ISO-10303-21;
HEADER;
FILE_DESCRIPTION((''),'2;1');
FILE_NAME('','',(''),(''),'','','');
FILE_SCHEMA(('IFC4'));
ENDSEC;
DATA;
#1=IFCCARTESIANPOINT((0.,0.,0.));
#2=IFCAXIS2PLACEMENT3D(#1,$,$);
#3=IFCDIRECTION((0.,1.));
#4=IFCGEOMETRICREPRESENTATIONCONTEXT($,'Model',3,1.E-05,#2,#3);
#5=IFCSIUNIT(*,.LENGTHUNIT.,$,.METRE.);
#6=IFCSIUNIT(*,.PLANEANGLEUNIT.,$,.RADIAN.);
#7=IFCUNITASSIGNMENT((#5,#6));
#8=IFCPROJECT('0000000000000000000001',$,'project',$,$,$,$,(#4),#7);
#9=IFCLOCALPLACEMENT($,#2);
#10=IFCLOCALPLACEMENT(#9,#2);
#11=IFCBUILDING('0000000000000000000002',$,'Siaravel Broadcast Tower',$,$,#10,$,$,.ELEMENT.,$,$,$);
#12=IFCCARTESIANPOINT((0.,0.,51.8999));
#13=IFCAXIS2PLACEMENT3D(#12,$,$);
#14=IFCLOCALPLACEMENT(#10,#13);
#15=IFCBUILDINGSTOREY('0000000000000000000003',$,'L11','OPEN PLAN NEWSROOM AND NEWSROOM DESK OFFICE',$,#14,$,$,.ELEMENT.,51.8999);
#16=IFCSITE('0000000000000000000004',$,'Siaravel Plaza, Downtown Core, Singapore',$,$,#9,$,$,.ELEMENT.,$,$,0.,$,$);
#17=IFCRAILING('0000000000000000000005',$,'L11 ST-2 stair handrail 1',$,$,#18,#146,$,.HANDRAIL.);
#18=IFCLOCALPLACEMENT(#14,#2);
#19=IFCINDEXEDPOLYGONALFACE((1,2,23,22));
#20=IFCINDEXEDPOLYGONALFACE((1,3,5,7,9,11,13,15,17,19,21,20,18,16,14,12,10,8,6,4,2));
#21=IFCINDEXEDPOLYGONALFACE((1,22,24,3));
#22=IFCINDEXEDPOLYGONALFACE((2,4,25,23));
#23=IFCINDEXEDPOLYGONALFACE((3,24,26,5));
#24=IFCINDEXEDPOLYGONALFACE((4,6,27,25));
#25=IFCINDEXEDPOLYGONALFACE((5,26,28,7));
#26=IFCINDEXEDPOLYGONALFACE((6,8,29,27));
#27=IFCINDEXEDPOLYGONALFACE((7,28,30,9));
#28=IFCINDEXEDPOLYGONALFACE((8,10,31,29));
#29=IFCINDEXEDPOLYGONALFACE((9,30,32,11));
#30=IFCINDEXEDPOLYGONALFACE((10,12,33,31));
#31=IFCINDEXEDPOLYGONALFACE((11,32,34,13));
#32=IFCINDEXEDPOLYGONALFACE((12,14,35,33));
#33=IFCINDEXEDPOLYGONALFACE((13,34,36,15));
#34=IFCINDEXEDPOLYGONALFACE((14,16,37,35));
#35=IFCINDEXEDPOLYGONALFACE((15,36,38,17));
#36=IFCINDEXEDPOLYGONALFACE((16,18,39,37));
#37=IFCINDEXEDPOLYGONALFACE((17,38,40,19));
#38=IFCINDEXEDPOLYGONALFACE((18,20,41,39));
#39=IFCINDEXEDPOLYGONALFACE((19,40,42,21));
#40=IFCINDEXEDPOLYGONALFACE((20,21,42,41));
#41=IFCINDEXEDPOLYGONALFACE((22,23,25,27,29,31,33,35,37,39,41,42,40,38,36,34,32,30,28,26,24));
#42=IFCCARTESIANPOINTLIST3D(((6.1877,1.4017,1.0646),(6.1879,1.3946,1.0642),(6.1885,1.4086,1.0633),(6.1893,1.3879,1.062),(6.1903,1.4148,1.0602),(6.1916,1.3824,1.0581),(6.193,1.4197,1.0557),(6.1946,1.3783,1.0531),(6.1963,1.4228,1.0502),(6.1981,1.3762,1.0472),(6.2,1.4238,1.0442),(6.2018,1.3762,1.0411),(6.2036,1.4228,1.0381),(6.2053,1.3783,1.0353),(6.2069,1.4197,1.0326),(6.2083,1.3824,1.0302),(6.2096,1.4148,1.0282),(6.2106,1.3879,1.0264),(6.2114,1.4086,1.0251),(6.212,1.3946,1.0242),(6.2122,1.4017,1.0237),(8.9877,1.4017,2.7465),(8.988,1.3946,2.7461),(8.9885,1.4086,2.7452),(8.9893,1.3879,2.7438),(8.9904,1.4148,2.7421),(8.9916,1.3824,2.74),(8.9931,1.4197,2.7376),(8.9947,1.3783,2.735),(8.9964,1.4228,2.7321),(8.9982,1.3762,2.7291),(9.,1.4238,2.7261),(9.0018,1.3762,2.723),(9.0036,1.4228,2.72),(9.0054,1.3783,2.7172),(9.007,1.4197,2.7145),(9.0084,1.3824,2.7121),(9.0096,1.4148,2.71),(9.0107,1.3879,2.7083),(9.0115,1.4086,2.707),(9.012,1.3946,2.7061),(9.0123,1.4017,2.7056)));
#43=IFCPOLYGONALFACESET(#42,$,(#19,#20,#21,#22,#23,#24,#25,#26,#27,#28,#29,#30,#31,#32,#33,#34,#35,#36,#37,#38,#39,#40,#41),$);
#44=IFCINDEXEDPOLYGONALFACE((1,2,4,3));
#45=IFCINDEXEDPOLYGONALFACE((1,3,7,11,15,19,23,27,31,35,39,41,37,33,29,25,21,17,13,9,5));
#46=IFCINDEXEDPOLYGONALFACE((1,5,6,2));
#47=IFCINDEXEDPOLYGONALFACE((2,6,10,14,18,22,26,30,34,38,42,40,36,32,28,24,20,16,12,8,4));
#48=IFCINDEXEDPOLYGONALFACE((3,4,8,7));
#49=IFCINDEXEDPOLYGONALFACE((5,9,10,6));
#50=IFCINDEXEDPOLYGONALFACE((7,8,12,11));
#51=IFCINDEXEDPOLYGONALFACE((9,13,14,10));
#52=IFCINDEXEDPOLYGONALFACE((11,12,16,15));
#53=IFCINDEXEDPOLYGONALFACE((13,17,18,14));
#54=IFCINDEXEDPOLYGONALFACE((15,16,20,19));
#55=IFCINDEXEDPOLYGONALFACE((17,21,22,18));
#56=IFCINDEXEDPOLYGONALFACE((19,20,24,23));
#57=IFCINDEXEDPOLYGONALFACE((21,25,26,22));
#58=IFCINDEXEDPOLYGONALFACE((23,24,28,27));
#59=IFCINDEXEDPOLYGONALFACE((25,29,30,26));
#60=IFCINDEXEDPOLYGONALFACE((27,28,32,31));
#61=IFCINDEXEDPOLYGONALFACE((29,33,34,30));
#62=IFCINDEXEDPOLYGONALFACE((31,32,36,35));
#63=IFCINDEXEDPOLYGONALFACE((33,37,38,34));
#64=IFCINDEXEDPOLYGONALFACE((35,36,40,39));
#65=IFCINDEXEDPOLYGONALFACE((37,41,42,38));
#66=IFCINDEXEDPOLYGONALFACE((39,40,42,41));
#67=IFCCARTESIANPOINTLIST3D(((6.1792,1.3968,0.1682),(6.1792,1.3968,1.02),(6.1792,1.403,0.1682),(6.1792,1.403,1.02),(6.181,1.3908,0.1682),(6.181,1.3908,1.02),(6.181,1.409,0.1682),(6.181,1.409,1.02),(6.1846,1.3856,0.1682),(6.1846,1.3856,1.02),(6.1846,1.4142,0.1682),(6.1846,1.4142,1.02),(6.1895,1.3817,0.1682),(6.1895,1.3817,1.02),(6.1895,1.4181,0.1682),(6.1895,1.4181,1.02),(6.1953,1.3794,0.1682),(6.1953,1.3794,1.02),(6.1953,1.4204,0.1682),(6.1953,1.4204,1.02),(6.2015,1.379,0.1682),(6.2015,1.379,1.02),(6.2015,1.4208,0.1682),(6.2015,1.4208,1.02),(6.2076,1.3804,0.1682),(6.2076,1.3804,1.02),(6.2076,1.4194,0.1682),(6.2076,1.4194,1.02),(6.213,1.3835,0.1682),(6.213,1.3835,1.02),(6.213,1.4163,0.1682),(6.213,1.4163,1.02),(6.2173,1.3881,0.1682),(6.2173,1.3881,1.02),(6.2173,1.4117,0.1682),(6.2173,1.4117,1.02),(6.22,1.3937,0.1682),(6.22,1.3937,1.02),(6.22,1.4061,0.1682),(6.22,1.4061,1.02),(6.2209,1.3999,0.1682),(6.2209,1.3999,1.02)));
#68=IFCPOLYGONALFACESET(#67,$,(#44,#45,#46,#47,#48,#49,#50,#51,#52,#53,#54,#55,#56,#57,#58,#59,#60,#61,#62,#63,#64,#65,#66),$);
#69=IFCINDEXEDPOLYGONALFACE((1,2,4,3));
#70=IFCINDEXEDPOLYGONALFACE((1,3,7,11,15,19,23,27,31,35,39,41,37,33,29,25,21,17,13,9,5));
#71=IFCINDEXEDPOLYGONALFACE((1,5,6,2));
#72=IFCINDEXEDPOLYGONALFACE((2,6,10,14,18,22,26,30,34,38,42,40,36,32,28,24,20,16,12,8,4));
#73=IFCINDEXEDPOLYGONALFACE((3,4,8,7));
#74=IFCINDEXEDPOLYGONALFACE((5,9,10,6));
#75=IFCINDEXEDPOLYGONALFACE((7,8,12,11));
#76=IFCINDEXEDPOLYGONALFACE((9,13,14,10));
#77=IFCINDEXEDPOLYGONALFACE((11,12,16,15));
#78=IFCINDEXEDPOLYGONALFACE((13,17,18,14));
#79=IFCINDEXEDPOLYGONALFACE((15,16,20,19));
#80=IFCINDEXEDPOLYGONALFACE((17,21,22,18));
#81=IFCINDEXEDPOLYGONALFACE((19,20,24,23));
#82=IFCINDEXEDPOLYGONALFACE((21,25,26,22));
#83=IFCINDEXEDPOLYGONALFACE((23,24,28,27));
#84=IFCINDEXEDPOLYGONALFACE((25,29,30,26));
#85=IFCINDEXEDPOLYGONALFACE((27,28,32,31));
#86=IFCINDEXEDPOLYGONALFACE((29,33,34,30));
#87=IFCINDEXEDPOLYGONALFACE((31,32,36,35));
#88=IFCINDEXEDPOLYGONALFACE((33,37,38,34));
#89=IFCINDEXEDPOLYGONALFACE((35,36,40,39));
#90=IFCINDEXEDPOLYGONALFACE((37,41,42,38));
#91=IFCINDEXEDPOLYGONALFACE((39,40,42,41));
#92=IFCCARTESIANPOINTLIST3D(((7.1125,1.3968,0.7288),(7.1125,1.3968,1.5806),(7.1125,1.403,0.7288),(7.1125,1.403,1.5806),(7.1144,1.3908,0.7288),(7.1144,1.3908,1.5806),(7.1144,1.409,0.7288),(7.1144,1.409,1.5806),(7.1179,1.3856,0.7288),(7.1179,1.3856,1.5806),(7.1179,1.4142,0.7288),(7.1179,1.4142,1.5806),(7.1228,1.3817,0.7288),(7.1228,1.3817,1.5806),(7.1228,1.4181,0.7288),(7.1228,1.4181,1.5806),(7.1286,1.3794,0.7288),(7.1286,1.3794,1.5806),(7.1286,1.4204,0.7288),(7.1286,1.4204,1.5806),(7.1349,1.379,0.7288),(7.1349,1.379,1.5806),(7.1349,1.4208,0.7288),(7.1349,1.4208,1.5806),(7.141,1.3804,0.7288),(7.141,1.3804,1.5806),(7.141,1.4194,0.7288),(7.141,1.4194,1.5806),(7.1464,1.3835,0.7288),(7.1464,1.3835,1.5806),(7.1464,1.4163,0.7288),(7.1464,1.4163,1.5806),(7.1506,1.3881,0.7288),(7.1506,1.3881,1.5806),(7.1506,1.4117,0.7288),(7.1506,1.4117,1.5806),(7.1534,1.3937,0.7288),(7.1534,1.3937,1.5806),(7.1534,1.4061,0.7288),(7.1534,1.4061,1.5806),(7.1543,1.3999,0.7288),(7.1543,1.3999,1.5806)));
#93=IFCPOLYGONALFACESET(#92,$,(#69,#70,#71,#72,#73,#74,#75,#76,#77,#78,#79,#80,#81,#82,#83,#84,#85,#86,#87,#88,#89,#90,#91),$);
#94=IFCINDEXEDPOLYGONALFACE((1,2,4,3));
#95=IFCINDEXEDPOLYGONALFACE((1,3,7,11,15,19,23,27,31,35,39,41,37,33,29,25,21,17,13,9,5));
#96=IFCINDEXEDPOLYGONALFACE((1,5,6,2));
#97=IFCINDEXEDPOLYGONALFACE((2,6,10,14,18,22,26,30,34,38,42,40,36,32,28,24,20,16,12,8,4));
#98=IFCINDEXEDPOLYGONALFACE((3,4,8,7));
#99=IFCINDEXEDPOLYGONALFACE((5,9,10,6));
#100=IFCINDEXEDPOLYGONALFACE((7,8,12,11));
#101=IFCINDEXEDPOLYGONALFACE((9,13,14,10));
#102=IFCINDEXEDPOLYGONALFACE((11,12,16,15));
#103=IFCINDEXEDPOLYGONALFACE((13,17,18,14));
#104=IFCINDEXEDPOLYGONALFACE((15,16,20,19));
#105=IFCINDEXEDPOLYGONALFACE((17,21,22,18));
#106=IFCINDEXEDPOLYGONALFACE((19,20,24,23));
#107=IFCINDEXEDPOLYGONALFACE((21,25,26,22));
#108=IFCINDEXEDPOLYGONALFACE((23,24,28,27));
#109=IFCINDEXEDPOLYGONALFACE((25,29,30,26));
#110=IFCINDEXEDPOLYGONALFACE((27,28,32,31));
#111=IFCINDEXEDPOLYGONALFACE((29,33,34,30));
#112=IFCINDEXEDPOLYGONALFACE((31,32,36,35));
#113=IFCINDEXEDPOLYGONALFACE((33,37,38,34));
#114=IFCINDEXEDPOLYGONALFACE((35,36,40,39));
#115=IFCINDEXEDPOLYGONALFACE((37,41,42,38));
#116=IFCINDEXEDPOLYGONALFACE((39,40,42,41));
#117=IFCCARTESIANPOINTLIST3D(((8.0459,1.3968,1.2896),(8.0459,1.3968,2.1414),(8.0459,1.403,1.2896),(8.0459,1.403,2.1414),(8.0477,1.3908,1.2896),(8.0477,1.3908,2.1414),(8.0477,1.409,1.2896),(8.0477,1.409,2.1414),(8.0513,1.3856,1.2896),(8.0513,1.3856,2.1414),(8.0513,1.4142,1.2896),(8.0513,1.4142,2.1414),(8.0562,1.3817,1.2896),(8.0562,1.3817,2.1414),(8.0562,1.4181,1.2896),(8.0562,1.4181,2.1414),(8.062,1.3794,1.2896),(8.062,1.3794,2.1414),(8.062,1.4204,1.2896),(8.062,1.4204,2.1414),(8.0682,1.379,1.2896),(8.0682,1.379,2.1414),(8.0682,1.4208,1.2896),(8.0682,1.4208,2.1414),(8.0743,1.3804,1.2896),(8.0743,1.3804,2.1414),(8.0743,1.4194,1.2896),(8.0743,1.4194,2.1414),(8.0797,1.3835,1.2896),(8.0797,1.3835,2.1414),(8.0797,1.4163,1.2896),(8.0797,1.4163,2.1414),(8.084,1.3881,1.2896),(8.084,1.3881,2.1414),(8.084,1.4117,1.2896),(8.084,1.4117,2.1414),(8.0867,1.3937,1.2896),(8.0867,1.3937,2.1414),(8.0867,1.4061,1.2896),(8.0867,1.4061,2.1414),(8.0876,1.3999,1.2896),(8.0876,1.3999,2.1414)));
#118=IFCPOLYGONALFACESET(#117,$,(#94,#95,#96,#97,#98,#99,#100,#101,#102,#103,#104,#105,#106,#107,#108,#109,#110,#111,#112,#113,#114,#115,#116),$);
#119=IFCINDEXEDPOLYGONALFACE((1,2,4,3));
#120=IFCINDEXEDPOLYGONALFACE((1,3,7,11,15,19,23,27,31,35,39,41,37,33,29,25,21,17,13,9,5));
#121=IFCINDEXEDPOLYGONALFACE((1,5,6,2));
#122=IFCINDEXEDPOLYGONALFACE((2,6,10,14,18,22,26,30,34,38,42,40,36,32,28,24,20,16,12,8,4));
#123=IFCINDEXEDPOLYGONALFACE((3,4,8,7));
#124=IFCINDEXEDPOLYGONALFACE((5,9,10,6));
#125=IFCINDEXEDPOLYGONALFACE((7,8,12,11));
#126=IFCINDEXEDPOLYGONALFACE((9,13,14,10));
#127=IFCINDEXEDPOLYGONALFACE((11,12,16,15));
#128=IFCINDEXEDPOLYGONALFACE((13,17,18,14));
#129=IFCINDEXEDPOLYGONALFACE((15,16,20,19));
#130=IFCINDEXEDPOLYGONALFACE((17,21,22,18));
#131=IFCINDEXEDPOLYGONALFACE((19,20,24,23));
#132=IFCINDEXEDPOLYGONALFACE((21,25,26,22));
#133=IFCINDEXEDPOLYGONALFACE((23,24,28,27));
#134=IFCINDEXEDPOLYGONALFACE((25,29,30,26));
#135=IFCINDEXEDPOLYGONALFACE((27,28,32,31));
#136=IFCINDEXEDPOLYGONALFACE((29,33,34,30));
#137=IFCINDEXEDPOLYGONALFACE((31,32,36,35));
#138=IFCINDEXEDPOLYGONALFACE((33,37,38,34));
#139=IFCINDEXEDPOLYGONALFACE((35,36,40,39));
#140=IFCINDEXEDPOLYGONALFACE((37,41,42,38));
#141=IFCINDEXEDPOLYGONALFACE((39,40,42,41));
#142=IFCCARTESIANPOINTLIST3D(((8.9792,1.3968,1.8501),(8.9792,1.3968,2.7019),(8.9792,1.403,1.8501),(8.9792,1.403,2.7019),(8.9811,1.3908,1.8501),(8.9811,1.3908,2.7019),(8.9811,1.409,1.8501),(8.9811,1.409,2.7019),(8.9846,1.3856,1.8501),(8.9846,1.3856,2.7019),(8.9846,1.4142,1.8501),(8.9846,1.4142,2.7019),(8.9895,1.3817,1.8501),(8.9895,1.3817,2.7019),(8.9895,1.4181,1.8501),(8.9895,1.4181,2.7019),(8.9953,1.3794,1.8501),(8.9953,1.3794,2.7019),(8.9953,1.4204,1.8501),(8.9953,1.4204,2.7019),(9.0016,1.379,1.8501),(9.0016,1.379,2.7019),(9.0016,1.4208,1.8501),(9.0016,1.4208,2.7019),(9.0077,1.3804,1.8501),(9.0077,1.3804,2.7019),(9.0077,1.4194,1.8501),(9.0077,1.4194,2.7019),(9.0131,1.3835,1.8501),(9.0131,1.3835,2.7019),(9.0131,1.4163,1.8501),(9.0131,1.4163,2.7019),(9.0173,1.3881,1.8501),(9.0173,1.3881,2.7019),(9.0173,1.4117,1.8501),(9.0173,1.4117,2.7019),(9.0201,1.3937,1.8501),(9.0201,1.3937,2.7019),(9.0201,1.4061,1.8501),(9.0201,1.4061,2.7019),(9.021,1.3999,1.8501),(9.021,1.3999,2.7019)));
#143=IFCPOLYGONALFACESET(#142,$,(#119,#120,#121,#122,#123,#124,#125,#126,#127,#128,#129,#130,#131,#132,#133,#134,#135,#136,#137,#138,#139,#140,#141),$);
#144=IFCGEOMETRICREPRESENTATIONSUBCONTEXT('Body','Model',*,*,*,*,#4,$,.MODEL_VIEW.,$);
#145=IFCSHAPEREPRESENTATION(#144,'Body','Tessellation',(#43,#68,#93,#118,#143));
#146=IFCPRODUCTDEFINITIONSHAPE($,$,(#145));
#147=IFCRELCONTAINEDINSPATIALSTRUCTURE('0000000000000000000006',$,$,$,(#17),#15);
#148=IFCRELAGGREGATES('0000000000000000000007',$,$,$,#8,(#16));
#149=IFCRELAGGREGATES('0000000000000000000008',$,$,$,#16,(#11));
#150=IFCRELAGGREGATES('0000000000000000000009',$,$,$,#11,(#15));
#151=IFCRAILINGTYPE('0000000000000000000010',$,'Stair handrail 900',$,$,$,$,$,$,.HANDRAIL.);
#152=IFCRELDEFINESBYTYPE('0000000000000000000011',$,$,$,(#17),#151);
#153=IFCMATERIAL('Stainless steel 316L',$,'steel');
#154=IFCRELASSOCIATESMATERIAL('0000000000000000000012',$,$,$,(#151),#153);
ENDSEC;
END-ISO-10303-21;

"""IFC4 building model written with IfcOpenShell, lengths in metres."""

from ifc_helpers import new_model, si_unit, direction, frame, origin, origin_2d, place, context, subcontext, project, spatial, circle, extrude, material, type_object, element, save


model = new_model("IFC4")

# Units and contexts
model_context = context("Model", 3, precision=1e-05, world=origin(), true_north=direction((0.0, 1.0)))
body_context = subcontext(model_context, "Body", "Model", "MODEL_VIEW")
ifc_project = project(units=[si_unit("LENGTHUNIT", "METRE"), si_unit("PLANEANGLEUNIT", "RADIAN")], contexts=[model_context])

# Site, building, storey
site_placement = place(None, origin())
site = spatial("IfcSite", under=ifc_project, at=site_placement, Name="Siaravel Plaza, Downtown Core, Singapore", CompositionType="ELEMENT", RefElevation=0.0)
building_placement = place(site_placement, origin())
building = spatial("IfcBuilding", under=site, at=building_placement, Name="Siaravel Broadcast Tower", CompositionType="ELEMENT")
storey_placement = place(building_placement, frame((0.0, 0.0, 51.8999)))
storey = spatial("IfcBuildingStorey", under=building, at=storey_placement, Name="L11", Description="OPEN PLAN NEWSROOM AND NEWSROOM DESK OFFICE", CompositionType="ELEMENT", Elevation=51.8999)

# Railing
ifc_material_1 = material(Name="Stainless steel 316L", Category="steel")
railing_type_1 = type_object("IfcRailingType", Name="Stair handrail 900", PredefinedType="HANDRAIL", material=ifc_material_1)
railing_1_placement = place(storey_placement, frame((6.2, 1.3999, 0.1682)))
element("IfcRailing", 1, at=railing_1_placement, inside=storey, type_object=railing_type_1, Name="L11 ST-2 stair handrail 1", PredefinedType="HANDRAIL", context=body_context, shape_type="SweptSolid", body=[
    extrude(circle(Radius=0.0239, at=origin_2d()), frame((0.0, 0.0, 0.876), z_axis=(0.857242, 0.0, 0.514913), x_axis=(0.0, 1.0, 0.0)), (0.0, 0.0, 1.0), 3.2664),
    extrude(circle(Radius=0.021, at=origin_2d()), origin(), (0.0, 0.0, 1.0), 0.8518),
    extrude(circle(Radius=0.021, at=origin_2d()), frame((0.9333, 0.0, 0.5605)), (0.0, 0.0, 1.0), 0.8518),
    extrude(circle(Radius=0.021, at=origin_2d()), frame((1.8667, 0.0, 1.1213)), (0.0, 0.0, 1.0), 0.8518),
    extrude(circle(Radius=0.021, at=origin_2d()), frame((2.8, 0.0, 1.6819)), (0.0, 0.0, 1.0), 0.8518),
])

save(model, "model.ifc")
